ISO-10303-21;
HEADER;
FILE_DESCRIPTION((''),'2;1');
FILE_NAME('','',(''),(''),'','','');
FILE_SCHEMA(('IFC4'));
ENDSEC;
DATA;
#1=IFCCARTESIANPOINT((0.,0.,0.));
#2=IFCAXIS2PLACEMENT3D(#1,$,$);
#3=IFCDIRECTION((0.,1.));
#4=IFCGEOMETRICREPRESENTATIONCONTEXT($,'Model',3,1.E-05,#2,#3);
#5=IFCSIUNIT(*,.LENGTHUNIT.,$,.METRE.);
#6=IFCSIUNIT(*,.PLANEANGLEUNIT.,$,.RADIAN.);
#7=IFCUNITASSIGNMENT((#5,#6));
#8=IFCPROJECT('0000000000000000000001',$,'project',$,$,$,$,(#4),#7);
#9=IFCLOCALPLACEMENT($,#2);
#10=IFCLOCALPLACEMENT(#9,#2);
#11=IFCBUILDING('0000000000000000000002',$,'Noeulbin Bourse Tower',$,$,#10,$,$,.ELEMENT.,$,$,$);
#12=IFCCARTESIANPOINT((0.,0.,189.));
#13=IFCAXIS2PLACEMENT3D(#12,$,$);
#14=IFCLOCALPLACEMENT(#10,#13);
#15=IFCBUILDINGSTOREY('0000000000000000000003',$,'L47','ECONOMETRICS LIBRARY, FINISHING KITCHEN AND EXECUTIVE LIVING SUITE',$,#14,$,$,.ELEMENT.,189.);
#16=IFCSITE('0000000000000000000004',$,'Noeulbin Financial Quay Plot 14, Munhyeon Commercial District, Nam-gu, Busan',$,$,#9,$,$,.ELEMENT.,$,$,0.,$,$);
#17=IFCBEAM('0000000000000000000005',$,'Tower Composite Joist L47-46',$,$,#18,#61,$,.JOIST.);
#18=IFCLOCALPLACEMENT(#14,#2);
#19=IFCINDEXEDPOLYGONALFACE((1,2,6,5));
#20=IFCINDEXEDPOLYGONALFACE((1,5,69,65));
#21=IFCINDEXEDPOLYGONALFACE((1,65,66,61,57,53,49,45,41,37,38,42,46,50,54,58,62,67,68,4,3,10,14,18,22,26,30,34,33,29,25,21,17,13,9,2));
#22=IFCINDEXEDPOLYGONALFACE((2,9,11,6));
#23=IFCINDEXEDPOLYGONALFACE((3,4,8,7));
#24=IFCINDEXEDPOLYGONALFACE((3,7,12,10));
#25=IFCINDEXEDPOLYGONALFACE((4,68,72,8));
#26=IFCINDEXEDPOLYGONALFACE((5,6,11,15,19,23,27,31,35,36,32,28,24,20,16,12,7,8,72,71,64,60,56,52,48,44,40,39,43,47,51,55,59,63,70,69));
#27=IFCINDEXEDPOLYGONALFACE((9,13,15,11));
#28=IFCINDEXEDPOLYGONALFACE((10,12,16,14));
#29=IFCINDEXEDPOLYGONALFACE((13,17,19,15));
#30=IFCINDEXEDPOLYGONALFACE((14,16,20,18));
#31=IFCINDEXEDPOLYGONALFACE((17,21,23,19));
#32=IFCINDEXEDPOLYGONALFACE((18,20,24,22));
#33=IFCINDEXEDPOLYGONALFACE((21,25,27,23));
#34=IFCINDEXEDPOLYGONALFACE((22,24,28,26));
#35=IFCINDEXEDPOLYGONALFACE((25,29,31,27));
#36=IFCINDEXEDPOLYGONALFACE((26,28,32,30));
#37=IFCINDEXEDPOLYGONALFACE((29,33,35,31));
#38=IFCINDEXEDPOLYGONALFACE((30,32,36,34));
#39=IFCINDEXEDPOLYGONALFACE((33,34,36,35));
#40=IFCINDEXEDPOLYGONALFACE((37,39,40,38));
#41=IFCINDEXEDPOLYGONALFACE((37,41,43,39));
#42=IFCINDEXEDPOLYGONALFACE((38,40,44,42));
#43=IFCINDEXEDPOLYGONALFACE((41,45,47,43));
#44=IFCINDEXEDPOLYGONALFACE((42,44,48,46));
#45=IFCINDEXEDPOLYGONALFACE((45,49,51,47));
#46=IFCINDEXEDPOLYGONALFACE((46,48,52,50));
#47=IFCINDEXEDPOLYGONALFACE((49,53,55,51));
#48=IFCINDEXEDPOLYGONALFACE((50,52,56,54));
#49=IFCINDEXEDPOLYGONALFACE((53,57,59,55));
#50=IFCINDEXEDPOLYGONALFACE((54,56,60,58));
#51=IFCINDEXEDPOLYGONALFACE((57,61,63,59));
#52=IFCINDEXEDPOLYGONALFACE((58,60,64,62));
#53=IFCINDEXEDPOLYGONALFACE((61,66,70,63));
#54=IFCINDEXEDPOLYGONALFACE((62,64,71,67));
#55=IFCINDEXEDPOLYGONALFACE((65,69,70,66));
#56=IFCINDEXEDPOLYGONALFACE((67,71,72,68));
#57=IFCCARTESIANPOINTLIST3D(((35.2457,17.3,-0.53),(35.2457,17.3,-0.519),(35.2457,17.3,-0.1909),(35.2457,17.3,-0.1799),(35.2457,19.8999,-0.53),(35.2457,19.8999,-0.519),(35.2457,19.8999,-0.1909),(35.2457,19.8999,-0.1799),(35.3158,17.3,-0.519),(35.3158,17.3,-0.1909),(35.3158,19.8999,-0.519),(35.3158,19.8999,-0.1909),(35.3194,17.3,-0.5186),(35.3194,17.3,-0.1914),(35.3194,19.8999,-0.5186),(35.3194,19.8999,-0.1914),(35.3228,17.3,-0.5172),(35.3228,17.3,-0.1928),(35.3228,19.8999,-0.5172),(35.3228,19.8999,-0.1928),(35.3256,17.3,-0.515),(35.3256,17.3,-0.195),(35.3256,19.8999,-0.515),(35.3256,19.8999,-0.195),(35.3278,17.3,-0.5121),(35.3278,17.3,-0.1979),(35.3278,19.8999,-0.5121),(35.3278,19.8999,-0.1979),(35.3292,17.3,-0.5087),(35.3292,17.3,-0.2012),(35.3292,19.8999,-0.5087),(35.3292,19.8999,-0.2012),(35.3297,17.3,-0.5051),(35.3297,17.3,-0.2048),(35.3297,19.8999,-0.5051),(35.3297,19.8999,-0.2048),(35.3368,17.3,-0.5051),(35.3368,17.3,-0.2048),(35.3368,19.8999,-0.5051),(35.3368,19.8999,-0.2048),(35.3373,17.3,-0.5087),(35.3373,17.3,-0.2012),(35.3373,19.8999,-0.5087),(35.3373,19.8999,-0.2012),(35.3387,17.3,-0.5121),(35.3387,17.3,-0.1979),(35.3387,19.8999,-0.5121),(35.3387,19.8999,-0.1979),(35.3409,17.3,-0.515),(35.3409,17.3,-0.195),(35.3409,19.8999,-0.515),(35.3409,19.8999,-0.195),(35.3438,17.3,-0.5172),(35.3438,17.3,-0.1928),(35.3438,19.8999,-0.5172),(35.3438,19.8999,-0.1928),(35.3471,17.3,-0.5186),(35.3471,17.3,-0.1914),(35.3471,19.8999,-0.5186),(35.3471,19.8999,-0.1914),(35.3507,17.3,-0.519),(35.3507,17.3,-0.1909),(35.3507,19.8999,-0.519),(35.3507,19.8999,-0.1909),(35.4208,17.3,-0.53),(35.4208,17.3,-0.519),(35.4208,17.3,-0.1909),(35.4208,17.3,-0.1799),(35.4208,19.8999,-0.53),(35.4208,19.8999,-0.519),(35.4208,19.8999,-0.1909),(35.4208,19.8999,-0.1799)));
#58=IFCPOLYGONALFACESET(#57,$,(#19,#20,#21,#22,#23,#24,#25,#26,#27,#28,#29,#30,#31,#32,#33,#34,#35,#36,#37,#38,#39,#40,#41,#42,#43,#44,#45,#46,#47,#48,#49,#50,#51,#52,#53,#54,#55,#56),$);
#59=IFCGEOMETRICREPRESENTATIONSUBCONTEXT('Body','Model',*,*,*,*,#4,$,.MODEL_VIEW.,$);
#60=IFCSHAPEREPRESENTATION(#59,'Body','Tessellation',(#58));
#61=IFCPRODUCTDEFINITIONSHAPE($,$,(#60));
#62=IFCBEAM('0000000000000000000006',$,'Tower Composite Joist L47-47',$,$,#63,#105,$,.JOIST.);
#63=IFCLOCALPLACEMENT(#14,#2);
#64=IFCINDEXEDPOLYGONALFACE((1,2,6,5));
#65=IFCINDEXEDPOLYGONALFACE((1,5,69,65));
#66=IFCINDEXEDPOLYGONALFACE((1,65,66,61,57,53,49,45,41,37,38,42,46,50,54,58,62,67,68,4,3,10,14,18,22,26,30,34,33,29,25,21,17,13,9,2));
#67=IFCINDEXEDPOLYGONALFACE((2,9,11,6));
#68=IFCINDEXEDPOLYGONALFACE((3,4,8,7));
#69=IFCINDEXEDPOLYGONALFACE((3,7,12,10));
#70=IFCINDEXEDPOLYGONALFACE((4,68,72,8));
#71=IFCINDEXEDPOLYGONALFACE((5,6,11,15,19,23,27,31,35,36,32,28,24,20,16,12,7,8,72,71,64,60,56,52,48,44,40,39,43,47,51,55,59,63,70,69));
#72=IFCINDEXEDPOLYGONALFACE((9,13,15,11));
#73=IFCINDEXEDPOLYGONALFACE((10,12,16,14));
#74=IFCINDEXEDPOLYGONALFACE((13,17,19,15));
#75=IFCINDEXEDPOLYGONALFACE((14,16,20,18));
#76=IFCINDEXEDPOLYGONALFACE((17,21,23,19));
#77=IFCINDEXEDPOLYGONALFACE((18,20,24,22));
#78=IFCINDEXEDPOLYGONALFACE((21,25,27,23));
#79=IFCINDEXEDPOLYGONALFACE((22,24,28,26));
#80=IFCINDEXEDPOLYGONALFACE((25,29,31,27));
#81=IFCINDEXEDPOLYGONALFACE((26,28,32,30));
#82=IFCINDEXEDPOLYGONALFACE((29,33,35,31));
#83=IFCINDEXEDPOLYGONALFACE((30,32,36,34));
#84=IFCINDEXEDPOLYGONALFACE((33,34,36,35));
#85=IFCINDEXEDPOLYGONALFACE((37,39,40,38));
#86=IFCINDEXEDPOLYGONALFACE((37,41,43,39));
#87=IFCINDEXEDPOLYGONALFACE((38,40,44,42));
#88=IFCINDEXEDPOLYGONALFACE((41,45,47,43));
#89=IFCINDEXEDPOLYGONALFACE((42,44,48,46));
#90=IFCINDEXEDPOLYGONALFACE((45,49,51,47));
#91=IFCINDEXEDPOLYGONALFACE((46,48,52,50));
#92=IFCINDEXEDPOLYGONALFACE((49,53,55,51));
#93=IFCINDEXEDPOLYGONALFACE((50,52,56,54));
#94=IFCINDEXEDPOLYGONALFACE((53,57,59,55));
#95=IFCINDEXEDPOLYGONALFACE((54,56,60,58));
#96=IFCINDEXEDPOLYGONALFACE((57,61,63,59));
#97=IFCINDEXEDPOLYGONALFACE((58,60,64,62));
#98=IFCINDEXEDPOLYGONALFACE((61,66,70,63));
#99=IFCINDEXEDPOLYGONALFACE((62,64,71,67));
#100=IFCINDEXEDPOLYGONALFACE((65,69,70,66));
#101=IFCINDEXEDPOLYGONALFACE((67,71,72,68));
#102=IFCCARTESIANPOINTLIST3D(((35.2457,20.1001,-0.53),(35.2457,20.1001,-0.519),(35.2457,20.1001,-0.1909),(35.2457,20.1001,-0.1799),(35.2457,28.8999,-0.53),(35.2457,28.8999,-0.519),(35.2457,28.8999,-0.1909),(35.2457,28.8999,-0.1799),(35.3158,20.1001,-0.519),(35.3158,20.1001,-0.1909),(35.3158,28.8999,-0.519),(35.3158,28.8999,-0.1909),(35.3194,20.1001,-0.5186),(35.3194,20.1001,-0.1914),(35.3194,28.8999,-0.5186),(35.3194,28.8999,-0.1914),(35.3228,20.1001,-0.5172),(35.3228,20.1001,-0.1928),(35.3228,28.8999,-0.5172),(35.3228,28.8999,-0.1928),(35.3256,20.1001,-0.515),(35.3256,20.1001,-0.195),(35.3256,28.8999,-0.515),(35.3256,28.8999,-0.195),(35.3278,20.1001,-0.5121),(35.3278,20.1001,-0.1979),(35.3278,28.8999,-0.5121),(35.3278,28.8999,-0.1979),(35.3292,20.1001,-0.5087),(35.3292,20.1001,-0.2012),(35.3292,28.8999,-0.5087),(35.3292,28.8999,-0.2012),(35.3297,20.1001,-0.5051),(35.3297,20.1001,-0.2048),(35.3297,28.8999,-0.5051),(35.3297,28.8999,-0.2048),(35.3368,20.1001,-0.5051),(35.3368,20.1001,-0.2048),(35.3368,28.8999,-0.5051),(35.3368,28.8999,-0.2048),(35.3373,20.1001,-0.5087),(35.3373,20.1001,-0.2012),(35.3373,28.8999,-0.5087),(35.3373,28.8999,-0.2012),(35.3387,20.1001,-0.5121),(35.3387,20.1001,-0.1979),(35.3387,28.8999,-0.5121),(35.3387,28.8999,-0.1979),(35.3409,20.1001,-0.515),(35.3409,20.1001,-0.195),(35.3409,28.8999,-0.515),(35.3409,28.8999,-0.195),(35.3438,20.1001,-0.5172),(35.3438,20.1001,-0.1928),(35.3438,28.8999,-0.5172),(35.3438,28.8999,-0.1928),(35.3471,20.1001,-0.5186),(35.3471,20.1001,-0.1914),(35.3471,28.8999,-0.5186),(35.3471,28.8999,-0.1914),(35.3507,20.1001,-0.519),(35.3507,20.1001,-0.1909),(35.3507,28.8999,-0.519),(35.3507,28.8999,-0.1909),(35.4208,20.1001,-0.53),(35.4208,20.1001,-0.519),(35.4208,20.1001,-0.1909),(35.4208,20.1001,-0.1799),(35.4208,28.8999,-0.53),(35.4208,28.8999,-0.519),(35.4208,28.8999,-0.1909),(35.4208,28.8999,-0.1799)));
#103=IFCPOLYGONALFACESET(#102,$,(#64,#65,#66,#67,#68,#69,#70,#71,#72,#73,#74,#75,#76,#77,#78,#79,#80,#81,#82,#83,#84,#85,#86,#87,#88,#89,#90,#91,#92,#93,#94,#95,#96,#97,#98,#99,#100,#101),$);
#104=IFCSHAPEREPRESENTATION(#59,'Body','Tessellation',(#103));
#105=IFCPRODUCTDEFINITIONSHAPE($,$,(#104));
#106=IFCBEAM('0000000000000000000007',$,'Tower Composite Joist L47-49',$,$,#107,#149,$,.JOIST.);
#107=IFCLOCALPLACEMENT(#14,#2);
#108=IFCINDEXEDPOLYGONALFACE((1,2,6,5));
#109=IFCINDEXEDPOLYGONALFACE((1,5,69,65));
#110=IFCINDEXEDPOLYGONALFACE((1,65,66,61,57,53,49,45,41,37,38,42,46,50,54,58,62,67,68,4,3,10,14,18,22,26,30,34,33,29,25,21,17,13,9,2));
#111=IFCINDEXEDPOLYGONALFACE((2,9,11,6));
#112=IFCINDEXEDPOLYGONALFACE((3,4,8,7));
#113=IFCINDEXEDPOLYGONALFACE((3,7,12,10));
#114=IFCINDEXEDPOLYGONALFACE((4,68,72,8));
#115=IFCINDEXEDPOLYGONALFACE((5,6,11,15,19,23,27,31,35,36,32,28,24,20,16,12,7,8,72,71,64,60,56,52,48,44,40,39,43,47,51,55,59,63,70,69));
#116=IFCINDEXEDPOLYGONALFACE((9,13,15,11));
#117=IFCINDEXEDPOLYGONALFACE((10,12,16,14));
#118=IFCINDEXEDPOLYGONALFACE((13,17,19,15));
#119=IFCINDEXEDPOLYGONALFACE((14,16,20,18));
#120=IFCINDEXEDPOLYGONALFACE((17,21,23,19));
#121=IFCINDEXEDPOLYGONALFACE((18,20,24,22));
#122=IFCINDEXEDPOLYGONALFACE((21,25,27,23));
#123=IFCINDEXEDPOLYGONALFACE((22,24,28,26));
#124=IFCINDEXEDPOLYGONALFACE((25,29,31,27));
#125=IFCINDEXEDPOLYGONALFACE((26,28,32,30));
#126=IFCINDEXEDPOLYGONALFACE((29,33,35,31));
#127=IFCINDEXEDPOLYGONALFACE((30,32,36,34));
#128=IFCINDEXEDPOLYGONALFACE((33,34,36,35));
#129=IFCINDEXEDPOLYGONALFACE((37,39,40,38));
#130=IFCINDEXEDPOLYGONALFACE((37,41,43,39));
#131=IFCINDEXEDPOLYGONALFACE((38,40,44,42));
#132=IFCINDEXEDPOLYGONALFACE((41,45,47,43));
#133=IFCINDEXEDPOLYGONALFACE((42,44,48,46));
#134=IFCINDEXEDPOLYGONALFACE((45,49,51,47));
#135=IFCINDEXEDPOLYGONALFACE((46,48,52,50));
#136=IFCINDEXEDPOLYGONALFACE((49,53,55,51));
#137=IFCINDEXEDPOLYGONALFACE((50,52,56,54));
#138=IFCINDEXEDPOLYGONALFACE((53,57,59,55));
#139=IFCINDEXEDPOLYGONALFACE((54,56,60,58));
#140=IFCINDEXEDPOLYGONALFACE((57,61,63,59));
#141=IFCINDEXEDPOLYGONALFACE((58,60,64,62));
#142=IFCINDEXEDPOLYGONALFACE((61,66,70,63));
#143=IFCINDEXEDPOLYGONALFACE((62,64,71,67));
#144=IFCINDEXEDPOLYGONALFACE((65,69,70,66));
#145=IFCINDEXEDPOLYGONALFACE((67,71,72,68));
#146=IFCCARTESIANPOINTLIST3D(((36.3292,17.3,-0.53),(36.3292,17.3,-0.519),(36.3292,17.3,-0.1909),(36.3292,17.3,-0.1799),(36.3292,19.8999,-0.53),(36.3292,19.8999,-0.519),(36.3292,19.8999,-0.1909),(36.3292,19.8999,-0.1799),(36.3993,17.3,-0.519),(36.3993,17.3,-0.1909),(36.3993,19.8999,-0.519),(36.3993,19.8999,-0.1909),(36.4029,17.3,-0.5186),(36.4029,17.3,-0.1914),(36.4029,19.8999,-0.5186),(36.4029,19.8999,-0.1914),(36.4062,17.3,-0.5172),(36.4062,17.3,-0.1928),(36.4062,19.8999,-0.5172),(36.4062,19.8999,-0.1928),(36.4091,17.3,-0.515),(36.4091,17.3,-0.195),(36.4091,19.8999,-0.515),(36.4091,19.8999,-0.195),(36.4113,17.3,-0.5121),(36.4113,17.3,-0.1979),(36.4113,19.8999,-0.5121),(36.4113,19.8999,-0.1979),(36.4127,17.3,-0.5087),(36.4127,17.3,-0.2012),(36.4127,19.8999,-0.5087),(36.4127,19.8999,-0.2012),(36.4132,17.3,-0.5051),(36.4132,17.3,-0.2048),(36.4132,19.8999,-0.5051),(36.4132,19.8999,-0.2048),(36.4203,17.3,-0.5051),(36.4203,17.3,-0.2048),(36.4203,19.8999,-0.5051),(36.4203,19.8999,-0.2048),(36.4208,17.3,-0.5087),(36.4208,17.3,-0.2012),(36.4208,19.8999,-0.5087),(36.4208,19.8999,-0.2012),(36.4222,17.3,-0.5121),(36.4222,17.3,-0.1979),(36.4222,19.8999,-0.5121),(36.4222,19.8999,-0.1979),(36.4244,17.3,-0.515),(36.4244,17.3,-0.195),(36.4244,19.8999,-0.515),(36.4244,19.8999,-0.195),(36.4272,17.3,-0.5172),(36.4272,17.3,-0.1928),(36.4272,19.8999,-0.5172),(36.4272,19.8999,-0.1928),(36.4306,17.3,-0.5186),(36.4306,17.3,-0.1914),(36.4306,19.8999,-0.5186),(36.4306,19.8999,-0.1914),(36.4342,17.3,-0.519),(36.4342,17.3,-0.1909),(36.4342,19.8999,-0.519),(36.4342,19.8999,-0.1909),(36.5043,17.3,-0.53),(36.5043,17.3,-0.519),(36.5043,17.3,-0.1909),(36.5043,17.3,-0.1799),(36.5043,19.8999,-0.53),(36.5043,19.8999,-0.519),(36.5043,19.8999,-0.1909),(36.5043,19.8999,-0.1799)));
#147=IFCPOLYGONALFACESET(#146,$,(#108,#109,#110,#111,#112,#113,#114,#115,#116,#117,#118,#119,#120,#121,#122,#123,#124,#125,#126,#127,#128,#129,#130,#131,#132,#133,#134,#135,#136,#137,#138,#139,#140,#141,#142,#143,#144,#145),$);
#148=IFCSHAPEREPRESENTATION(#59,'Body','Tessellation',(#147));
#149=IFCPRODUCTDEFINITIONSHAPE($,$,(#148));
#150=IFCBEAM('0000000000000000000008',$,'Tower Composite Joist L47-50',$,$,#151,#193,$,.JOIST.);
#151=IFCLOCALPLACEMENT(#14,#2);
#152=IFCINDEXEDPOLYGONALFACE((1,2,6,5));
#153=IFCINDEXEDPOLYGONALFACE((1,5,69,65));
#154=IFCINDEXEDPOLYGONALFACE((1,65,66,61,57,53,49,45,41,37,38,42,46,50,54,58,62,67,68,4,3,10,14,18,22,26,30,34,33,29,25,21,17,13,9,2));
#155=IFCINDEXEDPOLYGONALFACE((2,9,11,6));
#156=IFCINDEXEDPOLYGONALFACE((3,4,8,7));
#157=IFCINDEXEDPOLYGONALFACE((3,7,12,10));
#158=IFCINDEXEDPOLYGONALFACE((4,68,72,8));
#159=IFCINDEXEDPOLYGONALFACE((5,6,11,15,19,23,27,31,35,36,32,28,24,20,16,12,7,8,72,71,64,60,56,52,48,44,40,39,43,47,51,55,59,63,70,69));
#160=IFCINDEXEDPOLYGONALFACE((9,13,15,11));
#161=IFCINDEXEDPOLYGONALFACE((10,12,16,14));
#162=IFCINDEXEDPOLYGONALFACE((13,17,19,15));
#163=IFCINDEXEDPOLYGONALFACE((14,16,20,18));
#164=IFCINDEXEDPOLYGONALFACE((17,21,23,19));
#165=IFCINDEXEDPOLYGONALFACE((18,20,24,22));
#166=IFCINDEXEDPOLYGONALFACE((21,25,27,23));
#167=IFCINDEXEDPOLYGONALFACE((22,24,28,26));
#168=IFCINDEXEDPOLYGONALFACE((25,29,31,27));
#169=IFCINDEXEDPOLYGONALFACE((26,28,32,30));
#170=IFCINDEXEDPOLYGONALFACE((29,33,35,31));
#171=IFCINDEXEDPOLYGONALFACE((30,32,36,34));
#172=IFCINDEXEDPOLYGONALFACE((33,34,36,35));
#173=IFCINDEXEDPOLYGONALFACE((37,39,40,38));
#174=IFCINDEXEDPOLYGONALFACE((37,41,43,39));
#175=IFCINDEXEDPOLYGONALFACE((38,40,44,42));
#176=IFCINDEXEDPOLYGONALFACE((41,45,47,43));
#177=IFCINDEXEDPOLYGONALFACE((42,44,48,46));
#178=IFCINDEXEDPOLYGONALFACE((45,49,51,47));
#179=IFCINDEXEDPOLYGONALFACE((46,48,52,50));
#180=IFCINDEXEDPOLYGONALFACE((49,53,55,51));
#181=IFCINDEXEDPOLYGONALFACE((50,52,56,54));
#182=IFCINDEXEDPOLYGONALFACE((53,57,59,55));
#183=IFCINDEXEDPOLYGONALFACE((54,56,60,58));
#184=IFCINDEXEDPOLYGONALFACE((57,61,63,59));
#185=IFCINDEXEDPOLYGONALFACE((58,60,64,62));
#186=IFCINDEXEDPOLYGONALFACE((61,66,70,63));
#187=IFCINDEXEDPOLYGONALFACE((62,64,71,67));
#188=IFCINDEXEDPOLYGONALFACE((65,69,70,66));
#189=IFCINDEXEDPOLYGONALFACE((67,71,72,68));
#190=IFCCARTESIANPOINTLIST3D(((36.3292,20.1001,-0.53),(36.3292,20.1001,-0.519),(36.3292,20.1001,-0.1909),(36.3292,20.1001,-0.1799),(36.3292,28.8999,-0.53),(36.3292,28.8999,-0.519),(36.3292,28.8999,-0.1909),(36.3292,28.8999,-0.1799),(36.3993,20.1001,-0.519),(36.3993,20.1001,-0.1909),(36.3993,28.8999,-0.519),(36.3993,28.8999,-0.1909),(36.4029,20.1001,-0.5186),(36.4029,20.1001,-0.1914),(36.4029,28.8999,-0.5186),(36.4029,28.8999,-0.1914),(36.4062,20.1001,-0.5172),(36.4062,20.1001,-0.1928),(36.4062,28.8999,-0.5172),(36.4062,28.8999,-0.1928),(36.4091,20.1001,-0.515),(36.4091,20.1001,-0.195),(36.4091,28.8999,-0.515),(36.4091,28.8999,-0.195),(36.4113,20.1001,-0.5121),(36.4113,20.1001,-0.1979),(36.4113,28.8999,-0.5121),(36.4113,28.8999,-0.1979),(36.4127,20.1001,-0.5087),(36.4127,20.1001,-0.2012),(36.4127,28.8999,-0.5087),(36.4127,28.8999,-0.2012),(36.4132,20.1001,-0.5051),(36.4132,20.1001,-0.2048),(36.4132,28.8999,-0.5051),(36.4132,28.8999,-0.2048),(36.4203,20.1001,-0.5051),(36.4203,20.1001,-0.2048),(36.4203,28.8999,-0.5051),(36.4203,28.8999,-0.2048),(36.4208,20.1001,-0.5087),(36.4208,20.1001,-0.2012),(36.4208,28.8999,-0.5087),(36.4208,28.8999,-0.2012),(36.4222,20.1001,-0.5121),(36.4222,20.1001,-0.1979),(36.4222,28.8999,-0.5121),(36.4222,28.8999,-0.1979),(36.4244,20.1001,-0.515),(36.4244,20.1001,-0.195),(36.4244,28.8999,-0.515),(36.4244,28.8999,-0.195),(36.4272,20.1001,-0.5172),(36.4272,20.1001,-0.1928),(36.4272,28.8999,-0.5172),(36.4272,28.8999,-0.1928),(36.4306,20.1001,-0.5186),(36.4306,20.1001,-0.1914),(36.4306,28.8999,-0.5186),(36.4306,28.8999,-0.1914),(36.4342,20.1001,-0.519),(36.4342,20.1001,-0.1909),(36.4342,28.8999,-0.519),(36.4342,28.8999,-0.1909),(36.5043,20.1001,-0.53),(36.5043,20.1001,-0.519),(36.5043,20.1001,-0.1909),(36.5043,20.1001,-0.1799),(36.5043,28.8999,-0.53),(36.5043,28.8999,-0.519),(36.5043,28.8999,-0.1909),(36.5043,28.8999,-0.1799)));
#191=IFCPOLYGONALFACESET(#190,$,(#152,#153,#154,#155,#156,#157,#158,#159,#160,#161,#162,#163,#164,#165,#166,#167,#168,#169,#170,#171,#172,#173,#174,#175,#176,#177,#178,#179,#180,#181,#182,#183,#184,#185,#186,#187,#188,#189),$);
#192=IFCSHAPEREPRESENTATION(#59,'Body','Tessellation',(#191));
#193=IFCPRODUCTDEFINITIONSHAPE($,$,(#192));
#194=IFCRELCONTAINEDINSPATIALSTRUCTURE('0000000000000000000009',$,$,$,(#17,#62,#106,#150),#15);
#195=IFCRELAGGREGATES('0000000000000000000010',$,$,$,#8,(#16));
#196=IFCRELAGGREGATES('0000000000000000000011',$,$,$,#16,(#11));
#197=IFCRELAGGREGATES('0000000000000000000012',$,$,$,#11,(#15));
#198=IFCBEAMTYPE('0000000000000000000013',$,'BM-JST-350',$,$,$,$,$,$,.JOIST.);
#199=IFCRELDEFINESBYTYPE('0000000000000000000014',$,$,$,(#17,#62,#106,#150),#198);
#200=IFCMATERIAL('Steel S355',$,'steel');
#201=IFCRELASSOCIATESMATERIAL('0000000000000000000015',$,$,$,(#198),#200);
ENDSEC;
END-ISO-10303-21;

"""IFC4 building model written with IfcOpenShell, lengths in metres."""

from ifc_helpers import new_model, si_unit, direction, frame, origin, origin_2d, place, context, subcontext, project, spatial, i_section, extrude, material, material_profile, profile_set, type_object, element, save


model = new_model("IFC4")

# Units and contexts
model_context = context("Model", 3, precision=1e-05, world=origin(), true_north=direction((0.0, 1.0)))
body_context = subcontext(model_context, "Body", "Model", "MODEL_VIEW")
ifc_project = project(units=[si_unit("LENGTHUNIT", "METRE"), si_unit("PLANEANGLEUNIT", "RADIAN")], contexts=[model_context])

# Site, building, storey
site_placement = place(None, origin())
site = spatial("IfcSite", under=ifc_project, at=site_placement, Name="Noeulbin Financial Quay Plot 14, Munhyeon Commercial District, Nam-gu, Busan", CompositionType="ELEMENT", RefElevation=0.0)
building_placement = place(site_placement, origin())
building = spatial("IfcBuilding", under=site, at=building_placement, Name="Noeulbin Bourse Tower", CompositionType="ELEMENT")
storey_placement = place(building_placement, frame((0.0, 0.0, 189.0)))
storey = spatial("IfcBuildingStorey", under=building, at=storey_placement, Name="L47", Description="ECONOMETRICS LIBRARY, FINISHING KITCHEN AND EXECUTIVE LIVING SUITE", CompositionType="ELEMENT", Elevation=189.0)

# Beams
ifc_material_1 = material(Name="Steel S355", Category="steel")
ifc_material_profile_1 = material_profile(ifc_material_1, i_section(OverallWidth=0.175, OverallDepth=0.3501, WebThickness=0.0071, FlangeThickness=0.011, FilletRadius=0.0139, at=origin_2d()), Name="H-350x175x7x11", Category="LoadBearing")
ifc_profile_set_1 = profile_set([ifc_material_profile_1], Name="Steel S355")
beam_type_1 = type_object("IfcBeamType", Name="BM-JST-350", PredefinedType="JOIST", material=ifc_profile_set_1)
beam_1_placement = place(storey_placement, frame((35.3333, 17.3, -0.355), z_axis=(0.0, 1.0, 0.0), x_axis=(-1.0, 0.0, 0.0)))
element("IfcBeam", 1, at=beam_1_placement, inside=storey, type_object=beam_type_1, Name="Tower Composite Joist L47-46", PredefinedType="JOIST", context=body_context, shape_type="SweptSolid", body=[
    extrude(i_section(OverallWidth=0.175, OverallDepth=0.3501, WebThickness=0.0071, FlangeThickness=0.011, FilletRadius=0.0139, at=origin_2d()), origin(), (0.0, 0.0, 1.0), 2.5999),
])
beam_2_placement = place(storey_placement, frame((35.3333, 20.1001, -0.355), z_axis=(0.0, 1.0, 0.0), x_axis=(-1.0, 0.0, 0.0)))
element("IfcBeam", 2, at=beam_2_placement, inside=storey, type_object=beam_type_1, Name="Tower Composite Joist L47-47", PredefinedType="JOIST", context=body_context, shape_type="SweptSolid", body=[
    extrude(i_section(OverallWidth=0.175, OverallDepth=0.3501, WebThickness=0.0071, FlangeThickness=0.011, FilletRadius=0.0139, at=origin_2d()), origin(), (0.0, 0.0, 1.0), 8.7998),
])
beam_3_placement = place(storey_placement, frame((36.4167, 17.3, -0.355), z_axis=(0.0, 1.0, 0.0), x_axis=(-1.0, 0.0, 0.0)))
element("IfcBeam", 3, at=beam_3_placement, inside=storey, type_object=beam_type_1, Name="Tower Composite Joist L47-49", PredefinedType="JOIST", context=body_context, shape_type="SweptSolid", body=[
    extrude(i_section(OverallWidth=0.175, OverallDepth=0.3501, WebThickness=0.0071, FlangeThickness=0.011, FilletRadius=0.0139, at=origin_2d()), origin(), (0.0, 0.0, 1.0), 2.5999),
])
beam_4_placement = place(storey_placement, frame((36.4167, 20.1001, -0.355), z_axis=(0.0, 1.0, 0.0), x_axis=(-1.0, 0.0, 0.0)))
element("IfcBeam", 4, at=beam_4_placement, inside=storey, type_object=beam_type_1, Name="Tower Composite Joist L47-50", PredefinedType="JOIST", context=body_context, shape_type="SweptSolid", body=[
    extrude(i_section(OverallWidth=0.175, OverallDepth=0.3501, WebThickness=0.0071, FlangeThickness=0.011, FilletRadius=0.0139, at=origin_2d()), origin(), (0.0, 0.0, 1.0), 8.7998),
])

save(model, "model.ifc")
